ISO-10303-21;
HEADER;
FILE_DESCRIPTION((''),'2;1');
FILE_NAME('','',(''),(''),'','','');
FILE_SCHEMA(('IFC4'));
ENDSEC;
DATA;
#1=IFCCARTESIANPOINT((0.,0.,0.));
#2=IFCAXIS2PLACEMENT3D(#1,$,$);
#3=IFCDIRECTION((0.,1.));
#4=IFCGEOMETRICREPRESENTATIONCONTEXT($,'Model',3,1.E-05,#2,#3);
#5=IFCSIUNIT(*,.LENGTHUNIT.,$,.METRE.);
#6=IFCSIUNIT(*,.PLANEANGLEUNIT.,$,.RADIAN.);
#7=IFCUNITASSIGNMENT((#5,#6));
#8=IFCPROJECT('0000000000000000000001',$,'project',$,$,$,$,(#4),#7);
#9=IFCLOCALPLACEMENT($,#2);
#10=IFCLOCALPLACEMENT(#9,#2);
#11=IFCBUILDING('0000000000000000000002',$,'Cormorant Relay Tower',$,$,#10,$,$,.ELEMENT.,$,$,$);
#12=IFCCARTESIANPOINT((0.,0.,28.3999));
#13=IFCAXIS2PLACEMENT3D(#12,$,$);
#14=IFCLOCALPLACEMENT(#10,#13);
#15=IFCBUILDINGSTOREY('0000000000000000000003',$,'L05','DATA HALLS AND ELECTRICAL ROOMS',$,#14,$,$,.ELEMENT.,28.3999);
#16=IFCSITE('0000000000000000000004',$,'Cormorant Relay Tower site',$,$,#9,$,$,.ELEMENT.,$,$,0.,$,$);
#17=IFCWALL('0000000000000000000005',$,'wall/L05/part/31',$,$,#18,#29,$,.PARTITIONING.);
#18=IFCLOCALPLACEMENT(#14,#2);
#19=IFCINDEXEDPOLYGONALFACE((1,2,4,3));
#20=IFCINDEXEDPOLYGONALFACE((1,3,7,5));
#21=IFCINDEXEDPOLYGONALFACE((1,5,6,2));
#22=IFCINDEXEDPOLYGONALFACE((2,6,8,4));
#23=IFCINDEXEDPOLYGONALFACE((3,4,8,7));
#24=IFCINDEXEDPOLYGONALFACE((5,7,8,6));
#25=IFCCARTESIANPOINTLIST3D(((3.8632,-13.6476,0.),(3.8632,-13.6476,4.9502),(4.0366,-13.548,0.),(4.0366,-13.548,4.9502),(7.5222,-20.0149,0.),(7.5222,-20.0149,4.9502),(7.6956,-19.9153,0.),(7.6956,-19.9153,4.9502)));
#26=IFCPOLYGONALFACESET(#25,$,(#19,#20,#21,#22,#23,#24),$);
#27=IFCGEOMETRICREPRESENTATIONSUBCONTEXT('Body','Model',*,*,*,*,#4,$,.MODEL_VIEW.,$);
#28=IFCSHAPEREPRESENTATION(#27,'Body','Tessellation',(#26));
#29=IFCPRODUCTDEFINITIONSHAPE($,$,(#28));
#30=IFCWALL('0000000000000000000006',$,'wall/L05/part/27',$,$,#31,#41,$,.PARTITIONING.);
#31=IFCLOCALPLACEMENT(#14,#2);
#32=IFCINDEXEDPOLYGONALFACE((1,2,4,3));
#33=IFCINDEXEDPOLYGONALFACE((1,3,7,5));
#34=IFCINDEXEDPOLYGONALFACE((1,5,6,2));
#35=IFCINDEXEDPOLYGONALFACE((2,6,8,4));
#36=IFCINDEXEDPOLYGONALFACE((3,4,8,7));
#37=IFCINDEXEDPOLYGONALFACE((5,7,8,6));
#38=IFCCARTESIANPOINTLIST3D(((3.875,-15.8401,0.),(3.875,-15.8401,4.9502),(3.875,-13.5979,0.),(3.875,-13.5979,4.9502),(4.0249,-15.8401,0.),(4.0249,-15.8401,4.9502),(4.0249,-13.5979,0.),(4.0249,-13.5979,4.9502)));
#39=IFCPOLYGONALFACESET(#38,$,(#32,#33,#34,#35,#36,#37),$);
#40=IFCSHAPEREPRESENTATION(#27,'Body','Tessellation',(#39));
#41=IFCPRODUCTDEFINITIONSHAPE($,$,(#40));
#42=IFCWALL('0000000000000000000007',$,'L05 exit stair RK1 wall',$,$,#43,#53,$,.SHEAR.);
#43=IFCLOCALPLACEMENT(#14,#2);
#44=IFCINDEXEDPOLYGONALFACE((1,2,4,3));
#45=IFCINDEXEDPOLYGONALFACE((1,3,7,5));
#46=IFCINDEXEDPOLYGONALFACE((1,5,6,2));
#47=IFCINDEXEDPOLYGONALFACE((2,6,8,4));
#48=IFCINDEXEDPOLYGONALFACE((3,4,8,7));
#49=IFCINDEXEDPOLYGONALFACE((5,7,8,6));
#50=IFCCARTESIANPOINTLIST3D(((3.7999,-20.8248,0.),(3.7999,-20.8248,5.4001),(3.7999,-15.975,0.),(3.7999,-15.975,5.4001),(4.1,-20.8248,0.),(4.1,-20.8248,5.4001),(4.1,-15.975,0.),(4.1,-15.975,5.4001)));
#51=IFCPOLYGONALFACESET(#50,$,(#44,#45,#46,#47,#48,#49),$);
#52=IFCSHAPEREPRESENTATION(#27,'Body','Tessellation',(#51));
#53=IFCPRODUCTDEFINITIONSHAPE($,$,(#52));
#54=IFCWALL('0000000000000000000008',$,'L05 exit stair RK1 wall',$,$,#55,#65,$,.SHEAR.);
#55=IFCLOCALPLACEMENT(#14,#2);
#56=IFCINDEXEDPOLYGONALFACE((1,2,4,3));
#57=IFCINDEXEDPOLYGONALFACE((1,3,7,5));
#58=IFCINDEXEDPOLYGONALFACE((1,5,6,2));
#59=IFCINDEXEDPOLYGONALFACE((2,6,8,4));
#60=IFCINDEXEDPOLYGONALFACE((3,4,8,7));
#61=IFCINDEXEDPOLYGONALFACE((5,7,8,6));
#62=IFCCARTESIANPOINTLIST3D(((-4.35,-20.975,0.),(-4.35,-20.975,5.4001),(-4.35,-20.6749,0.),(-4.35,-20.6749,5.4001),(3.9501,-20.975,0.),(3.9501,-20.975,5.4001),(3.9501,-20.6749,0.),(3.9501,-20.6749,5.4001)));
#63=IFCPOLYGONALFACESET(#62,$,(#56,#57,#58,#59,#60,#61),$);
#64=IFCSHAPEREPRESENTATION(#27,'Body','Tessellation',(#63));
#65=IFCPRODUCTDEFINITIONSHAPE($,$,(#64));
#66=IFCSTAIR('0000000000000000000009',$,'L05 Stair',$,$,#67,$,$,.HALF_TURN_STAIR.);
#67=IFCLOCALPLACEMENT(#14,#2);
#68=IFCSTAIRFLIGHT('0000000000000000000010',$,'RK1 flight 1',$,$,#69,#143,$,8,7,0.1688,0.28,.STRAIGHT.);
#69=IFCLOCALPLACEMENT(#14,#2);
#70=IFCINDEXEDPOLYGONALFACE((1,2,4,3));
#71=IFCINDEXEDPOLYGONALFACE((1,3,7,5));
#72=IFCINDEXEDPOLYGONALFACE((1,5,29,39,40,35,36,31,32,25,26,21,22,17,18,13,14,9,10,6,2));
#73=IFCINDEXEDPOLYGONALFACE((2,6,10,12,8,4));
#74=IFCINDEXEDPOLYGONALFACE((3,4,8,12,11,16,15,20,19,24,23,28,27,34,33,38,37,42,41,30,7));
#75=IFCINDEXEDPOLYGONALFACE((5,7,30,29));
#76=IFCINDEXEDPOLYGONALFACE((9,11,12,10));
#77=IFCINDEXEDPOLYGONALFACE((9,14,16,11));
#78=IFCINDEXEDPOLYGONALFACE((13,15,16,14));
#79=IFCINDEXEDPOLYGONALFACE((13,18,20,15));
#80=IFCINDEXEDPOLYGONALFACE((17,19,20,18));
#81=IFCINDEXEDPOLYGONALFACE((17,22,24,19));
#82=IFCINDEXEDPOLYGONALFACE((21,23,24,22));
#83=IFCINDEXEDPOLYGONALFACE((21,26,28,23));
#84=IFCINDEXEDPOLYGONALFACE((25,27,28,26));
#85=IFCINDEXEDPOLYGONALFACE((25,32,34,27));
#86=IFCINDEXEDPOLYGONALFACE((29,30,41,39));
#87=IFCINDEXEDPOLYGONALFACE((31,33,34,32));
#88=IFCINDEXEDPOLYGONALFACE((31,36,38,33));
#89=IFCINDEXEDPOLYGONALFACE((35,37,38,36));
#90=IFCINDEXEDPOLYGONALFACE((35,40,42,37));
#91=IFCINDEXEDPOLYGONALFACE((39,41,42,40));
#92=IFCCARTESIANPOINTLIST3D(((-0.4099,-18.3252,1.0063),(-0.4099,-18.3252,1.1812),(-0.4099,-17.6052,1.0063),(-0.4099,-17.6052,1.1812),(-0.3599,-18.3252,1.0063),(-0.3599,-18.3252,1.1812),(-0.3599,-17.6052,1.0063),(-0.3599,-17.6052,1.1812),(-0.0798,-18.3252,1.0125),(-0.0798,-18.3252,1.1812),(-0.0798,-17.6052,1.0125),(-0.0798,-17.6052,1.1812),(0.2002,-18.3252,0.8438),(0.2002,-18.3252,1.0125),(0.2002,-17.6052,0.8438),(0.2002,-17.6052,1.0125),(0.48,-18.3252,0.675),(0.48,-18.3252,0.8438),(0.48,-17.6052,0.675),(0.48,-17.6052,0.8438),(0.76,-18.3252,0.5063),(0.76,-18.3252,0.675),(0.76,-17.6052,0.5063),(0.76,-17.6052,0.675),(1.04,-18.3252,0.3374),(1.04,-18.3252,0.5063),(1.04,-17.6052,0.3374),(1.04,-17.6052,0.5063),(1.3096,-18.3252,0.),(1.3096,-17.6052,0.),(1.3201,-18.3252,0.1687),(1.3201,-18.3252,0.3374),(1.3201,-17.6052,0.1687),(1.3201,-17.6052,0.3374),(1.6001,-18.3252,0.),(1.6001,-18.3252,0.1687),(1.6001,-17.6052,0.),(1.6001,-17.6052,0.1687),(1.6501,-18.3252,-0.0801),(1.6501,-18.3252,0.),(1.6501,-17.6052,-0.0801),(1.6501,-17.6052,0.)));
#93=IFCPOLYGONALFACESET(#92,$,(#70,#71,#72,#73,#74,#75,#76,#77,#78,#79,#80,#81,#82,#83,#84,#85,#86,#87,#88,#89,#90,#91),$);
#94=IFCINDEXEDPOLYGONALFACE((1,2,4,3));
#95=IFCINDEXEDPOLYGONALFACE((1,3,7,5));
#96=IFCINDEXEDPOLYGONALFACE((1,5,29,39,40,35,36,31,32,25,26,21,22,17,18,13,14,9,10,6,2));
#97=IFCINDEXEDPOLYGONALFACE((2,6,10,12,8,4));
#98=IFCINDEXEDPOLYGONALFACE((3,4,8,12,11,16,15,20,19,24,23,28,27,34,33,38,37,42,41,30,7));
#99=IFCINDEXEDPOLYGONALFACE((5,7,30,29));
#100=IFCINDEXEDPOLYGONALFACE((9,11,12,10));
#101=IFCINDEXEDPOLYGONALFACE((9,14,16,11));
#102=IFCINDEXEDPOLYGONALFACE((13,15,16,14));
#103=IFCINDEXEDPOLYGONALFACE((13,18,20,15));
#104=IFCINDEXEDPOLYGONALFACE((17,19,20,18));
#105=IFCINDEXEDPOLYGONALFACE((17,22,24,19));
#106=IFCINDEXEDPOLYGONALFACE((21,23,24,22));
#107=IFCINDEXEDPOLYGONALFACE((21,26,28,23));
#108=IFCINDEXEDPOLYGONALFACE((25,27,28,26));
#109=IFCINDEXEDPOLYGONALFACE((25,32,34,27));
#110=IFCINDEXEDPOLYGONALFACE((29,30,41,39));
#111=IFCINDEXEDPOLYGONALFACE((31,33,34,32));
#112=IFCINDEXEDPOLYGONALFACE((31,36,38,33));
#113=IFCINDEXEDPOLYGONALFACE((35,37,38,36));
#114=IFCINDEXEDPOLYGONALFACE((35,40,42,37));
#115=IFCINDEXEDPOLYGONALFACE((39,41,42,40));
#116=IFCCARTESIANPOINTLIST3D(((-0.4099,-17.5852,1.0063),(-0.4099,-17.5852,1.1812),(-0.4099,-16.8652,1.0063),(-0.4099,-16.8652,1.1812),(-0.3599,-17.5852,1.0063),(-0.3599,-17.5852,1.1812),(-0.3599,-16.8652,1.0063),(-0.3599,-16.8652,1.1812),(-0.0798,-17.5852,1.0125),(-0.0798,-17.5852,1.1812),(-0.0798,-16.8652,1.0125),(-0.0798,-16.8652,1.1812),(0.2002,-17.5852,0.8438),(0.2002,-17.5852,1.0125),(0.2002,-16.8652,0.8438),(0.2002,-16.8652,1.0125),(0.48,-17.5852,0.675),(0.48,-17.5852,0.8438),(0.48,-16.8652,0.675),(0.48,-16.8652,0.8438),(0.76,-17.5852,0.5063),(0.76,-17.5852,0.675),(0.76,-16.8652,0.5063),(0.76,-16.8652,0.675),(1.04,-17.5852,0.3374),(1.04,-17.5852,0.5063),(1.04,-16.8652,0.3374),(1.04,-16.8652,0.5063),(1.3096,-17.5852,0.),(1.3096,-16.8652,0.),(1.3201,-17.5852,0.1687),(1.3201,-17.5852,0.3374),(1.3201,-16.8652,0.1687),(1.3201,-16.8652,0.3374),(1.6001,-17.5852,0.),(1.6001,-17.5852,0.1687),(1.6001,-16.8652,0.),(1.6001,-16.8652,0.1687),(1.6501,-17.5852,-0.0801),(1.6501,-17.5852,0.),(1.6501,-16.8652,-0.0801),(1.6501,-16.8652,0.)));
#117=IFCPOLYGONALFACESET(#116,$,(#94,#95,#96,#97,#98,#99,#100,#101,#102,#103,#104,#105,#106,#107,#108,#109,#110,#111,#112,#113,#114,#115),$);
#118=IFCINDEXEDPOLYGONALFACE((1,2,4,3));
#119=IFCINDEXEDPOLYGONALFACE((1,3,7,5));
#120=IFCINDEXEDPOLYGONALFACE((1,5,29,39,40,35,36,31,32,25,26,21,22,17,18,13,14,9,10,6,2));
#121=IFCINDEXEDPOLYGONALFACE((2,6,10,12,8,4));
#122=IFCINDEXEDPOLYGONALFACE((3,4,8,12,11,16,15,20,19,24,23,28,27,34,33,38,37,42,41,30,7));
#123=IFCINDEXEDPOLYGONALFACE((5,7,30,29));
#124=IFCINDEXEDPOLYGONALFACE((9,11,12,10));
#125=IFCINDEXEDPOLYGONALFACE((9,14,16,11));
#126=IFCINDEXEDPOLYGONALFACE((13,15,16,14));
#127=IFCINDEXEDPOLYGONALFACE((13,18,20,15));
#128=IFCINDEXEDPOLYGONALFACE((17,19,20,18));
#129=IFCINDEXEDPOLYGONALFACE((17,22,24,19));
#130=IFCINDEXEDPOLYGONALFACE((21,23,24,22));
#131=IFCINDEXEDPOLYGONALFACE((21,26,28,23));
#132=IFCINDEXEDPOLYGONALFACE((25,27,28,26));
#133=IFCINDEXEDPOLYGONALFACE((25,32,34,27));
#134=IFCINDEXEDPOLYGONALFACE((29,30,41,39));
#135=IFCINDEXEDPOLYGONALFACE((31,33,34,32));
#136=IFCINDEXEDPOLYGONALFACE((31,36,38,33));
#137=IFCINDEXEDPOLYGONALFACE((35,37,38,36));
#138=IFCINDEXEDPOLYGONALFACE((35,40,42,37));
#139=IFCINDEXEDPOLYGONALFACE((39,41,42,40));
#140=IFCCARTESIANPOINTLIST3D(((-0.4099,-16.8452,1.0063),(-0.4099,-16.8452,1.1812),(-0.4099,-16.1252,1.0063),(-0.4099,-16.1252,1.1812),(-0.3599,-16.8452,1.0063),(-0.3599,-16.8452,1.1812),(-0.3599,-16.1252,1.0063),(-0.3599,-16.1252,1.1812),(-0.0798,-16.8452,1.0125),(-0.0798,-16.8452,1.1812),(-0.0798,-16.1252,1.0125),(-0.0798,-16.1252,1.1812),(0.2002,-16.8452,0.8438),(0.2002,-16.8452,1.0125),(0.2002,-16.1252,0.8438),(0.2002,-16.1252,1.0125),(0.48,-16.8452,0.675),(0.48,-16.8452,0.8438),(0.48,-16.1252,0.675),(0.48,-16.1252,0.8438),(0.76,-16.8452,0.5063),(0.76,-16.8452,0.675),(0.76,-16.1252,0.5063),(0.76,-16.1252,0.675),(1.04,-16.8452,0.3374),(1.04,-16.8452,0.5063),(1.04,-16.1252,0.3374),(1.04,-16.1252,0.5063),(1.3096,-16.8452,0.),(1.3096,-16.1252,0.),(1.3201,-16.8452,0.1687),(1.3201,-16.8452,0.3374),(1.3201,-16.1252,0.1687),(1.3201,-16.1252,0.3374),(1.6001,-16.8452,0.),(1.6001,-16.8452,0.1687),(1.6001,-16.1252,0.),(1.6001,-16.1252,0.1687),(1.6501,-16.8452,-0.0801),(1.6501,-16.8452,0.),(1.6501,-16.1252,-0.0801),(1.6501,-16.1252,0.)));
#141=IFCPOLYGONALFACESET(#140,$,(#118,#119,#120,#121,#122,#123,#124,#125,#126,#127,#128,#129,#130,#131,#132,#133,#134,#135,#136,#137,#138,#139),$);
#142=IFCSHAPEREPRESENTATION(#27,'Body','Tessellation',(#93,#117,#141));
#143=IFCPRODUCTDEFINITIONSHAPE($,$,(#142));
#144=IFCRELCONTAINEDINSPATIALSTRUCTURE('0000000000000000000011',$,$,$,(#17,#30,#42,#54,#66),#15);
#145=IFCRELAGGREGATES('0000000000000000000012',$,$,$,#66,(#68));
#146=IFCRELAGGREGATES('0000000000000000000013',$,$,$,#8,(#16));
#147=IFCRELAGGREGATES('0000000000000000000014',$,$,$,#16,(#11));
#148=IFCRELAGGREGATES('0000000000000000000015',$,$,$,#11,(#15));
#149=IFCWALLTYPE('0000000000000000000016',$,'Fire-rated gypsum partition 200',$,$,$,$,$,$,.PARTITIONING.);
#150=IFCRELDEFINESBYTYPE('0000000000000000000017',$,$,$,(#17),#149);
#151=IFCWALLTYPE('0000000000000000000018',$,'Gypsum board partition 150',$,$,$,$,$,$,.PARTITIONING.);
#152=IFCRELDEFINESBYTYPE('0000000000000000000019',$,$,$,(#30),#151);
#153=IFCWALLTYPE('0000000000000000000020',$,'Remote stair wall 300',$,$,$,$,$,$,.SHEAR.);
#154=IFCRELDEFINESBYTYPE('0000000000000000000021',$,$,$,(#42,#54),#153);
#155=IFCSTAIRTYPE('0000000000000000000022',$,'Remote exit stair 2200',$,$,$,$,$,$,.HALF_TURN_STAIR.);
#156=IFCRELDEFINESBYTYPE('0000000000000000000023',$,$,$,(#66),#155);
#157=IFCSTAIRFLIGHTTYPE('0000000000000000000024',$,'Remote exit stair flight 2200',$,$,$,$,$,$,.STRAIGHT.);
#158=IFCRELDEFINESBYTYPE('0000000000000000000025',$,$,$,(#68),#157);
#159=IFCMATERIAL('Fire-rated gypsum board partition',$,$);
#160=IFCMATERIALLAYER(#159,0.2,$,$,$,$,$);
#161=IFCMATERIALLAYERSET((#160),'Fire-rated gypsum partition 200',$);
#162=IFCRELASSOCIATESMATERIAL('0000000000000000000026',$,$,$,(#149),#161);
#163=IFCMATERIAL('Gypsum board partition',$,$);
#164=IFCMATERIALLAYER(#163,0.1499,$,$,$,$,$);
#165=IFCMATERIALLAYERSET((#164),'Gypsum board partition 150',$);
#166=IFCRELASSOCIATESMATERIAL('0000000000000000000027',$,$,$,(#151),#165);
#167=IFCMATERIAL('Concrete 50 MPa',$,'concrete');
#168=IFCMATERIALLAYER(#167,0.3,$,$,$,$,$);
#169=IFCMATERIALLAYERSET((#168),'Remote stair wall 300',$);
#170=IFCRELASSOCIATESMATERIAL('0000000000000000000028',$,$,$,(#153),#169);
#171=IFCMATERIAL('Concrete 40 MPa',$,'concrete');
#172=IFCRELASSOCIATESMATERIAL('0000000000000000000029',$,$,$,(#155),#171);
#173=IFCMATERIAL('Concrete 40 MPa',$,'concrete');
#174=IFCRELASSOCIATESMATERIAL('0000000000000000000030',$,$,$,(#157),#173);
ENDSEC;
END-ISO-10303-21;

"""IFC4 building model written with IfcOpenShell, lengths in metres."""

from ifc_helpers import new_model, si_unit, direction, frame, frame_2d, origin, place, context, subcontext, project, spatial, polyline, rectangle, outline, extrude, material, layer, layer_set, type_object, element, aggregate, save


model = new_model("IFC4")

# Units and contexts
model_context = context("Model", 3, precision=1e-05, world=origin(), true_north=direction((0.0, 1.0)))
body_context = subcontext(model_context, "Body", "Model", "MODEL_VIEW")
ifc_project = project(units=[si_unit("LENGTHUNIT", "METRE"), si_unit("PLANEANGLEUNIT", "RADIAN")], contexts=[model_context])

# Site, building, storey
site_placement = place(None, origin())
site = spatial("IfcSite", under=ifc_project, at=site_placement, Name="Cormorant Relay Tower site", CompositionType="ELEMENT", RefElevation=0.0)
building_placement = place(site_placement, origin())
building = spatial("IfcBuilding", under=site, at=building_placement, Name="Cormorant Relay Tower", CompositionType="ELEMENT")
storey_placement = place(building_placement, frame((0.0, 0.0, 28.3999)))
storey = spatial("IfcBuildingStorey", under=building, at=storey_placement, Name="L05", Description="DATA HALLS AND ELECTRICAL ROOMS", CompositionType="ELEMENT", Elevation=28.3999)

# Shared definitions
ifc_material_1 = material(Name="Fire-rated gypsum board partition")
ifc_layer_1 = layer(ifc_material_1, 0.2)
ifc_layer_set_1 = layer_set([ifc_layer_1], Name="Fire-rated gypsum partition 200")
wall_type_1 = type_object("IfcWallType", Name="Fire-rated gypsum partition 200", PredefinedType="PARTITIONING", material=ifc_layer_set_1)

# Walls
wall_1_placement = place(storey_placement, frame((7.6089, -19.9651, 0.0), z_axis=(0.0, 0.0, 1.0), x_axis=(-0.498246, 0.867036, 0.0)))
element("IfcWall", 1, at=wall_1_placement, inside=storey, type_object=wall_type_1, Name="wall/L05/part/31", PredefinedType="PARTITIONING", context=body_context, shape_type="SweptSolid", body=[
    extrude(rectangle(XDim=7.3438, YDim=0.2, at=frame_2d((3.6719, 0.0))), origin(), (0.0, 0.0, 1.0), 4.9502),
])
ifc_material_2 = material(Name="Gypsum board partition")
ifc_layer_2 = layer(ifc_material_2, 0.1499)
ifc_layer_set_2 = layer_set([ifc_layer_2], Name="Gypsum board partition 150")
wall_type_2 = type_object("IfcWallType", Name="Gypsum board partition 150", PredefinedType="PARTITIONING", material=ifc_layer_set_2)
wall_2_placement = place(storey_placement, frame((3.95, -13.5979, 0.0), z_axis=(0.0, 0.0, 1.0), x_axis=(0.0, -1.0, 0.0)))
element("IfcWall", 2, at=wall_2_placement, inside=storey, type_object=wall_type_2, Name="wall/L05/part/27", PredefinedType="PARTITIONING", context=body_context, shape_type="SweptSolid", body=[
    extrude(rectangle(XDim=2.2422, YDim=0.1499, at=frame_2d((1.1211, 0.0))), origin(), (0.0, 0.0, 1.0), 4.9502),
])
ifc_material_3 = material(Name="Concrete 50 MPa", Category="concrete")
ifc_layer_3 = layer(ifc_material_3, 0.3)
ifc_layer_set_3 = layer_set([ifc_layer_3], Name="Remote stair wall 300")
wall_type_3 = type_object("IfcWallType", Name="Remote stair wall 300", PredefinedType="SHEAR", material=ifc_layer_set_3)
wall_3_placement = place(storey_placement, frame((3.95, -15.9751, 0.0), z_axis=(0.0, 0.0, 1.0), x_axis=(0.0, -1.0, 0.0)))
element("IfcWall", 3, at=wall_3_placement, inside=storey, type_object=wall_type_3, Name="L05 exit stair RK1 wall", PredefinedType="SHEAR", context=body_context, shape_type="SweptSolid", body=[
    extrude(rectangle(XDim=4.8499, YDim=0.3, at=frame_2d((2.4248, 0.0))), origin(), (0.0, 0.0, 1.0), 5.4001),
])
wall_4_placement = place(storey_placement, frame((3.95, -20.825, 0.0), z_axis=(0.0, 0.0, 1.0), x_axis=(-1.0, 0.0, 0.0)))
element("IfcWall", 4, at=wall_4_placement, inside=storey, type_object=wall_type_3, Name="L05 exit stair RK1 wall", PredefinedType="SHEAR", context=body_context, shape_type="SweptSolid", body=[
    extrude(rectangle(XDim=8.3, YDim=0.3, at=frame_2d((4.1499, 0.0))), origin(), (0.0, 0.0, 1.0), 5.4001),
])

# Stair, stair flight
ifc_material_4 = material(Name="Concrete 40 MPa", Category="concrete")
stair_type = type_object("IfcStairType", Name="Remote exit stair 2200", PredefinedType="HALF_TURN_STAIR", material=ifc_material_4)
stair_placement = place(storey_placement, origin())
stair = element("IfcStair", 5, at=stair_placement, inside=storey, type_object=stair_type, Name="L05 Stair", PredefinedType="HALF_TURN_STAIR")
ifc_material_5 = material(Name="Concrete 40 MPa", Category="concrete")
stair_flight_type = type_object("IfcStairFlightType", Name="Remote exit stair flight 2200", PredefinedType="STRAIGHT", material=ifc_material_5)
stair_flight_1_placement = place(storey_placement, frame((1.6001, -17.2251, 0.0), z_axis=(0.0, 0.0, 1.0), x_axis=(-1.0, 0.0, 0.0)))
stair_flight_1 = element("IfcStairFlight", 6, at=stair_flight_1_placement, type_object=stair_flight_type, Name="RK1 flight 1", NumberOfRisers=8, NumberOfTreads=7, PredefinedType="STRAIGHT", RiserHeight=0.1688, TreadLength=0.28, context=body_context, shape_type="SweptSolid", body=[
    extrude(outline(polyline([(-0.05, -0.0801), (-0.05, 0.0), (0.0, 0.0), (0.0, 0.1687), (0.28, 0.1687), (0.28, 0.3374), (0.5601, 0.3374), (0.5601, 0.5063), (0.8401, 0.5063), (0.8401, 0.675), (1.1201, 0.675), (1.1201, 0.8438), (1.3999, 0.8438), (1.3999, 1.0125), (1.6799, 1.0125), (1.6799, 1.1812), (1.96, 1.1812), (2.01, 1.1812), (2.01, 1.0063), (1.96, 1.0063), (0.2905, 0.0), (-0.05, -0.0801)])), frame((0.0, 1.1001, 0.0), z_axis=(0.0, -1.0, 0.0), x_axis=(1.0, 0.0, 0.0)), (0.0, 0.0, 1.0), 0.72),
    extrude(outline(polyline([(-0.05, -0.0801), (-0.05, 0.0), (0.0, 0.0), (0.0, 0.1687), (0.28, 0.1687), (0.28, 0.3374), (0.5601, 0.3374), (0.5601, 0.5063), (0.8401, 0.5063), (0.8401, 0.675), (1.1201, 0.675), (1.1201, 0.8438), (1.3999, 0.8438), (1.3999, 1.0125), (1.6799, 1.0125), (1.6799, 1.1812), (1.96, 1.1812), (2.01, 1.1812), (2.01, 1.0063), (1.96, 1.0063), (0.2905, 0.0), (-0.05, -0.0801)])), frame((0.0, 0.3601, 0.0), z_axis=(0.0, -1.0, 0.0), x_axis=(1.0, 0.0, 0.0)), (0.0, 0.0, 1.0), 0.72),
    extrude(outline(polyline([(-0.05, -0.0801), (-0.05, 0.0), (0.0, 0.0), (0.0, 0.1687), (0.28, 0.1687), (0.28, 0.3374), (0.5601, 0.3374), (0.5601, 0.5063), (0.8401, 0.5063), (0.8401, 0.675), (1.1201, 0.675), (1.1201, 0.8438), (1.3999, 0.8438), (1.3999, 1.0125), (1.6799, 1.0125), (1.6799, 1.1812), (1.96, 1.1812), (2.01, 1.1812), (2.01, 1.0063), (1.96, 1.0063), (0.2905, 0.0), (-0.05, -0.0801)])), frame((0.0, -0.3799, 0.0), z_axis=(0.0, -1.0, 0.0), x_axis=(1.0, 0.0, 0.0)), (0.0, 0.0, 1.0), 0.72),
])
aggregate(stair, [stair_flight_1])

save(model, "model.ifc")
